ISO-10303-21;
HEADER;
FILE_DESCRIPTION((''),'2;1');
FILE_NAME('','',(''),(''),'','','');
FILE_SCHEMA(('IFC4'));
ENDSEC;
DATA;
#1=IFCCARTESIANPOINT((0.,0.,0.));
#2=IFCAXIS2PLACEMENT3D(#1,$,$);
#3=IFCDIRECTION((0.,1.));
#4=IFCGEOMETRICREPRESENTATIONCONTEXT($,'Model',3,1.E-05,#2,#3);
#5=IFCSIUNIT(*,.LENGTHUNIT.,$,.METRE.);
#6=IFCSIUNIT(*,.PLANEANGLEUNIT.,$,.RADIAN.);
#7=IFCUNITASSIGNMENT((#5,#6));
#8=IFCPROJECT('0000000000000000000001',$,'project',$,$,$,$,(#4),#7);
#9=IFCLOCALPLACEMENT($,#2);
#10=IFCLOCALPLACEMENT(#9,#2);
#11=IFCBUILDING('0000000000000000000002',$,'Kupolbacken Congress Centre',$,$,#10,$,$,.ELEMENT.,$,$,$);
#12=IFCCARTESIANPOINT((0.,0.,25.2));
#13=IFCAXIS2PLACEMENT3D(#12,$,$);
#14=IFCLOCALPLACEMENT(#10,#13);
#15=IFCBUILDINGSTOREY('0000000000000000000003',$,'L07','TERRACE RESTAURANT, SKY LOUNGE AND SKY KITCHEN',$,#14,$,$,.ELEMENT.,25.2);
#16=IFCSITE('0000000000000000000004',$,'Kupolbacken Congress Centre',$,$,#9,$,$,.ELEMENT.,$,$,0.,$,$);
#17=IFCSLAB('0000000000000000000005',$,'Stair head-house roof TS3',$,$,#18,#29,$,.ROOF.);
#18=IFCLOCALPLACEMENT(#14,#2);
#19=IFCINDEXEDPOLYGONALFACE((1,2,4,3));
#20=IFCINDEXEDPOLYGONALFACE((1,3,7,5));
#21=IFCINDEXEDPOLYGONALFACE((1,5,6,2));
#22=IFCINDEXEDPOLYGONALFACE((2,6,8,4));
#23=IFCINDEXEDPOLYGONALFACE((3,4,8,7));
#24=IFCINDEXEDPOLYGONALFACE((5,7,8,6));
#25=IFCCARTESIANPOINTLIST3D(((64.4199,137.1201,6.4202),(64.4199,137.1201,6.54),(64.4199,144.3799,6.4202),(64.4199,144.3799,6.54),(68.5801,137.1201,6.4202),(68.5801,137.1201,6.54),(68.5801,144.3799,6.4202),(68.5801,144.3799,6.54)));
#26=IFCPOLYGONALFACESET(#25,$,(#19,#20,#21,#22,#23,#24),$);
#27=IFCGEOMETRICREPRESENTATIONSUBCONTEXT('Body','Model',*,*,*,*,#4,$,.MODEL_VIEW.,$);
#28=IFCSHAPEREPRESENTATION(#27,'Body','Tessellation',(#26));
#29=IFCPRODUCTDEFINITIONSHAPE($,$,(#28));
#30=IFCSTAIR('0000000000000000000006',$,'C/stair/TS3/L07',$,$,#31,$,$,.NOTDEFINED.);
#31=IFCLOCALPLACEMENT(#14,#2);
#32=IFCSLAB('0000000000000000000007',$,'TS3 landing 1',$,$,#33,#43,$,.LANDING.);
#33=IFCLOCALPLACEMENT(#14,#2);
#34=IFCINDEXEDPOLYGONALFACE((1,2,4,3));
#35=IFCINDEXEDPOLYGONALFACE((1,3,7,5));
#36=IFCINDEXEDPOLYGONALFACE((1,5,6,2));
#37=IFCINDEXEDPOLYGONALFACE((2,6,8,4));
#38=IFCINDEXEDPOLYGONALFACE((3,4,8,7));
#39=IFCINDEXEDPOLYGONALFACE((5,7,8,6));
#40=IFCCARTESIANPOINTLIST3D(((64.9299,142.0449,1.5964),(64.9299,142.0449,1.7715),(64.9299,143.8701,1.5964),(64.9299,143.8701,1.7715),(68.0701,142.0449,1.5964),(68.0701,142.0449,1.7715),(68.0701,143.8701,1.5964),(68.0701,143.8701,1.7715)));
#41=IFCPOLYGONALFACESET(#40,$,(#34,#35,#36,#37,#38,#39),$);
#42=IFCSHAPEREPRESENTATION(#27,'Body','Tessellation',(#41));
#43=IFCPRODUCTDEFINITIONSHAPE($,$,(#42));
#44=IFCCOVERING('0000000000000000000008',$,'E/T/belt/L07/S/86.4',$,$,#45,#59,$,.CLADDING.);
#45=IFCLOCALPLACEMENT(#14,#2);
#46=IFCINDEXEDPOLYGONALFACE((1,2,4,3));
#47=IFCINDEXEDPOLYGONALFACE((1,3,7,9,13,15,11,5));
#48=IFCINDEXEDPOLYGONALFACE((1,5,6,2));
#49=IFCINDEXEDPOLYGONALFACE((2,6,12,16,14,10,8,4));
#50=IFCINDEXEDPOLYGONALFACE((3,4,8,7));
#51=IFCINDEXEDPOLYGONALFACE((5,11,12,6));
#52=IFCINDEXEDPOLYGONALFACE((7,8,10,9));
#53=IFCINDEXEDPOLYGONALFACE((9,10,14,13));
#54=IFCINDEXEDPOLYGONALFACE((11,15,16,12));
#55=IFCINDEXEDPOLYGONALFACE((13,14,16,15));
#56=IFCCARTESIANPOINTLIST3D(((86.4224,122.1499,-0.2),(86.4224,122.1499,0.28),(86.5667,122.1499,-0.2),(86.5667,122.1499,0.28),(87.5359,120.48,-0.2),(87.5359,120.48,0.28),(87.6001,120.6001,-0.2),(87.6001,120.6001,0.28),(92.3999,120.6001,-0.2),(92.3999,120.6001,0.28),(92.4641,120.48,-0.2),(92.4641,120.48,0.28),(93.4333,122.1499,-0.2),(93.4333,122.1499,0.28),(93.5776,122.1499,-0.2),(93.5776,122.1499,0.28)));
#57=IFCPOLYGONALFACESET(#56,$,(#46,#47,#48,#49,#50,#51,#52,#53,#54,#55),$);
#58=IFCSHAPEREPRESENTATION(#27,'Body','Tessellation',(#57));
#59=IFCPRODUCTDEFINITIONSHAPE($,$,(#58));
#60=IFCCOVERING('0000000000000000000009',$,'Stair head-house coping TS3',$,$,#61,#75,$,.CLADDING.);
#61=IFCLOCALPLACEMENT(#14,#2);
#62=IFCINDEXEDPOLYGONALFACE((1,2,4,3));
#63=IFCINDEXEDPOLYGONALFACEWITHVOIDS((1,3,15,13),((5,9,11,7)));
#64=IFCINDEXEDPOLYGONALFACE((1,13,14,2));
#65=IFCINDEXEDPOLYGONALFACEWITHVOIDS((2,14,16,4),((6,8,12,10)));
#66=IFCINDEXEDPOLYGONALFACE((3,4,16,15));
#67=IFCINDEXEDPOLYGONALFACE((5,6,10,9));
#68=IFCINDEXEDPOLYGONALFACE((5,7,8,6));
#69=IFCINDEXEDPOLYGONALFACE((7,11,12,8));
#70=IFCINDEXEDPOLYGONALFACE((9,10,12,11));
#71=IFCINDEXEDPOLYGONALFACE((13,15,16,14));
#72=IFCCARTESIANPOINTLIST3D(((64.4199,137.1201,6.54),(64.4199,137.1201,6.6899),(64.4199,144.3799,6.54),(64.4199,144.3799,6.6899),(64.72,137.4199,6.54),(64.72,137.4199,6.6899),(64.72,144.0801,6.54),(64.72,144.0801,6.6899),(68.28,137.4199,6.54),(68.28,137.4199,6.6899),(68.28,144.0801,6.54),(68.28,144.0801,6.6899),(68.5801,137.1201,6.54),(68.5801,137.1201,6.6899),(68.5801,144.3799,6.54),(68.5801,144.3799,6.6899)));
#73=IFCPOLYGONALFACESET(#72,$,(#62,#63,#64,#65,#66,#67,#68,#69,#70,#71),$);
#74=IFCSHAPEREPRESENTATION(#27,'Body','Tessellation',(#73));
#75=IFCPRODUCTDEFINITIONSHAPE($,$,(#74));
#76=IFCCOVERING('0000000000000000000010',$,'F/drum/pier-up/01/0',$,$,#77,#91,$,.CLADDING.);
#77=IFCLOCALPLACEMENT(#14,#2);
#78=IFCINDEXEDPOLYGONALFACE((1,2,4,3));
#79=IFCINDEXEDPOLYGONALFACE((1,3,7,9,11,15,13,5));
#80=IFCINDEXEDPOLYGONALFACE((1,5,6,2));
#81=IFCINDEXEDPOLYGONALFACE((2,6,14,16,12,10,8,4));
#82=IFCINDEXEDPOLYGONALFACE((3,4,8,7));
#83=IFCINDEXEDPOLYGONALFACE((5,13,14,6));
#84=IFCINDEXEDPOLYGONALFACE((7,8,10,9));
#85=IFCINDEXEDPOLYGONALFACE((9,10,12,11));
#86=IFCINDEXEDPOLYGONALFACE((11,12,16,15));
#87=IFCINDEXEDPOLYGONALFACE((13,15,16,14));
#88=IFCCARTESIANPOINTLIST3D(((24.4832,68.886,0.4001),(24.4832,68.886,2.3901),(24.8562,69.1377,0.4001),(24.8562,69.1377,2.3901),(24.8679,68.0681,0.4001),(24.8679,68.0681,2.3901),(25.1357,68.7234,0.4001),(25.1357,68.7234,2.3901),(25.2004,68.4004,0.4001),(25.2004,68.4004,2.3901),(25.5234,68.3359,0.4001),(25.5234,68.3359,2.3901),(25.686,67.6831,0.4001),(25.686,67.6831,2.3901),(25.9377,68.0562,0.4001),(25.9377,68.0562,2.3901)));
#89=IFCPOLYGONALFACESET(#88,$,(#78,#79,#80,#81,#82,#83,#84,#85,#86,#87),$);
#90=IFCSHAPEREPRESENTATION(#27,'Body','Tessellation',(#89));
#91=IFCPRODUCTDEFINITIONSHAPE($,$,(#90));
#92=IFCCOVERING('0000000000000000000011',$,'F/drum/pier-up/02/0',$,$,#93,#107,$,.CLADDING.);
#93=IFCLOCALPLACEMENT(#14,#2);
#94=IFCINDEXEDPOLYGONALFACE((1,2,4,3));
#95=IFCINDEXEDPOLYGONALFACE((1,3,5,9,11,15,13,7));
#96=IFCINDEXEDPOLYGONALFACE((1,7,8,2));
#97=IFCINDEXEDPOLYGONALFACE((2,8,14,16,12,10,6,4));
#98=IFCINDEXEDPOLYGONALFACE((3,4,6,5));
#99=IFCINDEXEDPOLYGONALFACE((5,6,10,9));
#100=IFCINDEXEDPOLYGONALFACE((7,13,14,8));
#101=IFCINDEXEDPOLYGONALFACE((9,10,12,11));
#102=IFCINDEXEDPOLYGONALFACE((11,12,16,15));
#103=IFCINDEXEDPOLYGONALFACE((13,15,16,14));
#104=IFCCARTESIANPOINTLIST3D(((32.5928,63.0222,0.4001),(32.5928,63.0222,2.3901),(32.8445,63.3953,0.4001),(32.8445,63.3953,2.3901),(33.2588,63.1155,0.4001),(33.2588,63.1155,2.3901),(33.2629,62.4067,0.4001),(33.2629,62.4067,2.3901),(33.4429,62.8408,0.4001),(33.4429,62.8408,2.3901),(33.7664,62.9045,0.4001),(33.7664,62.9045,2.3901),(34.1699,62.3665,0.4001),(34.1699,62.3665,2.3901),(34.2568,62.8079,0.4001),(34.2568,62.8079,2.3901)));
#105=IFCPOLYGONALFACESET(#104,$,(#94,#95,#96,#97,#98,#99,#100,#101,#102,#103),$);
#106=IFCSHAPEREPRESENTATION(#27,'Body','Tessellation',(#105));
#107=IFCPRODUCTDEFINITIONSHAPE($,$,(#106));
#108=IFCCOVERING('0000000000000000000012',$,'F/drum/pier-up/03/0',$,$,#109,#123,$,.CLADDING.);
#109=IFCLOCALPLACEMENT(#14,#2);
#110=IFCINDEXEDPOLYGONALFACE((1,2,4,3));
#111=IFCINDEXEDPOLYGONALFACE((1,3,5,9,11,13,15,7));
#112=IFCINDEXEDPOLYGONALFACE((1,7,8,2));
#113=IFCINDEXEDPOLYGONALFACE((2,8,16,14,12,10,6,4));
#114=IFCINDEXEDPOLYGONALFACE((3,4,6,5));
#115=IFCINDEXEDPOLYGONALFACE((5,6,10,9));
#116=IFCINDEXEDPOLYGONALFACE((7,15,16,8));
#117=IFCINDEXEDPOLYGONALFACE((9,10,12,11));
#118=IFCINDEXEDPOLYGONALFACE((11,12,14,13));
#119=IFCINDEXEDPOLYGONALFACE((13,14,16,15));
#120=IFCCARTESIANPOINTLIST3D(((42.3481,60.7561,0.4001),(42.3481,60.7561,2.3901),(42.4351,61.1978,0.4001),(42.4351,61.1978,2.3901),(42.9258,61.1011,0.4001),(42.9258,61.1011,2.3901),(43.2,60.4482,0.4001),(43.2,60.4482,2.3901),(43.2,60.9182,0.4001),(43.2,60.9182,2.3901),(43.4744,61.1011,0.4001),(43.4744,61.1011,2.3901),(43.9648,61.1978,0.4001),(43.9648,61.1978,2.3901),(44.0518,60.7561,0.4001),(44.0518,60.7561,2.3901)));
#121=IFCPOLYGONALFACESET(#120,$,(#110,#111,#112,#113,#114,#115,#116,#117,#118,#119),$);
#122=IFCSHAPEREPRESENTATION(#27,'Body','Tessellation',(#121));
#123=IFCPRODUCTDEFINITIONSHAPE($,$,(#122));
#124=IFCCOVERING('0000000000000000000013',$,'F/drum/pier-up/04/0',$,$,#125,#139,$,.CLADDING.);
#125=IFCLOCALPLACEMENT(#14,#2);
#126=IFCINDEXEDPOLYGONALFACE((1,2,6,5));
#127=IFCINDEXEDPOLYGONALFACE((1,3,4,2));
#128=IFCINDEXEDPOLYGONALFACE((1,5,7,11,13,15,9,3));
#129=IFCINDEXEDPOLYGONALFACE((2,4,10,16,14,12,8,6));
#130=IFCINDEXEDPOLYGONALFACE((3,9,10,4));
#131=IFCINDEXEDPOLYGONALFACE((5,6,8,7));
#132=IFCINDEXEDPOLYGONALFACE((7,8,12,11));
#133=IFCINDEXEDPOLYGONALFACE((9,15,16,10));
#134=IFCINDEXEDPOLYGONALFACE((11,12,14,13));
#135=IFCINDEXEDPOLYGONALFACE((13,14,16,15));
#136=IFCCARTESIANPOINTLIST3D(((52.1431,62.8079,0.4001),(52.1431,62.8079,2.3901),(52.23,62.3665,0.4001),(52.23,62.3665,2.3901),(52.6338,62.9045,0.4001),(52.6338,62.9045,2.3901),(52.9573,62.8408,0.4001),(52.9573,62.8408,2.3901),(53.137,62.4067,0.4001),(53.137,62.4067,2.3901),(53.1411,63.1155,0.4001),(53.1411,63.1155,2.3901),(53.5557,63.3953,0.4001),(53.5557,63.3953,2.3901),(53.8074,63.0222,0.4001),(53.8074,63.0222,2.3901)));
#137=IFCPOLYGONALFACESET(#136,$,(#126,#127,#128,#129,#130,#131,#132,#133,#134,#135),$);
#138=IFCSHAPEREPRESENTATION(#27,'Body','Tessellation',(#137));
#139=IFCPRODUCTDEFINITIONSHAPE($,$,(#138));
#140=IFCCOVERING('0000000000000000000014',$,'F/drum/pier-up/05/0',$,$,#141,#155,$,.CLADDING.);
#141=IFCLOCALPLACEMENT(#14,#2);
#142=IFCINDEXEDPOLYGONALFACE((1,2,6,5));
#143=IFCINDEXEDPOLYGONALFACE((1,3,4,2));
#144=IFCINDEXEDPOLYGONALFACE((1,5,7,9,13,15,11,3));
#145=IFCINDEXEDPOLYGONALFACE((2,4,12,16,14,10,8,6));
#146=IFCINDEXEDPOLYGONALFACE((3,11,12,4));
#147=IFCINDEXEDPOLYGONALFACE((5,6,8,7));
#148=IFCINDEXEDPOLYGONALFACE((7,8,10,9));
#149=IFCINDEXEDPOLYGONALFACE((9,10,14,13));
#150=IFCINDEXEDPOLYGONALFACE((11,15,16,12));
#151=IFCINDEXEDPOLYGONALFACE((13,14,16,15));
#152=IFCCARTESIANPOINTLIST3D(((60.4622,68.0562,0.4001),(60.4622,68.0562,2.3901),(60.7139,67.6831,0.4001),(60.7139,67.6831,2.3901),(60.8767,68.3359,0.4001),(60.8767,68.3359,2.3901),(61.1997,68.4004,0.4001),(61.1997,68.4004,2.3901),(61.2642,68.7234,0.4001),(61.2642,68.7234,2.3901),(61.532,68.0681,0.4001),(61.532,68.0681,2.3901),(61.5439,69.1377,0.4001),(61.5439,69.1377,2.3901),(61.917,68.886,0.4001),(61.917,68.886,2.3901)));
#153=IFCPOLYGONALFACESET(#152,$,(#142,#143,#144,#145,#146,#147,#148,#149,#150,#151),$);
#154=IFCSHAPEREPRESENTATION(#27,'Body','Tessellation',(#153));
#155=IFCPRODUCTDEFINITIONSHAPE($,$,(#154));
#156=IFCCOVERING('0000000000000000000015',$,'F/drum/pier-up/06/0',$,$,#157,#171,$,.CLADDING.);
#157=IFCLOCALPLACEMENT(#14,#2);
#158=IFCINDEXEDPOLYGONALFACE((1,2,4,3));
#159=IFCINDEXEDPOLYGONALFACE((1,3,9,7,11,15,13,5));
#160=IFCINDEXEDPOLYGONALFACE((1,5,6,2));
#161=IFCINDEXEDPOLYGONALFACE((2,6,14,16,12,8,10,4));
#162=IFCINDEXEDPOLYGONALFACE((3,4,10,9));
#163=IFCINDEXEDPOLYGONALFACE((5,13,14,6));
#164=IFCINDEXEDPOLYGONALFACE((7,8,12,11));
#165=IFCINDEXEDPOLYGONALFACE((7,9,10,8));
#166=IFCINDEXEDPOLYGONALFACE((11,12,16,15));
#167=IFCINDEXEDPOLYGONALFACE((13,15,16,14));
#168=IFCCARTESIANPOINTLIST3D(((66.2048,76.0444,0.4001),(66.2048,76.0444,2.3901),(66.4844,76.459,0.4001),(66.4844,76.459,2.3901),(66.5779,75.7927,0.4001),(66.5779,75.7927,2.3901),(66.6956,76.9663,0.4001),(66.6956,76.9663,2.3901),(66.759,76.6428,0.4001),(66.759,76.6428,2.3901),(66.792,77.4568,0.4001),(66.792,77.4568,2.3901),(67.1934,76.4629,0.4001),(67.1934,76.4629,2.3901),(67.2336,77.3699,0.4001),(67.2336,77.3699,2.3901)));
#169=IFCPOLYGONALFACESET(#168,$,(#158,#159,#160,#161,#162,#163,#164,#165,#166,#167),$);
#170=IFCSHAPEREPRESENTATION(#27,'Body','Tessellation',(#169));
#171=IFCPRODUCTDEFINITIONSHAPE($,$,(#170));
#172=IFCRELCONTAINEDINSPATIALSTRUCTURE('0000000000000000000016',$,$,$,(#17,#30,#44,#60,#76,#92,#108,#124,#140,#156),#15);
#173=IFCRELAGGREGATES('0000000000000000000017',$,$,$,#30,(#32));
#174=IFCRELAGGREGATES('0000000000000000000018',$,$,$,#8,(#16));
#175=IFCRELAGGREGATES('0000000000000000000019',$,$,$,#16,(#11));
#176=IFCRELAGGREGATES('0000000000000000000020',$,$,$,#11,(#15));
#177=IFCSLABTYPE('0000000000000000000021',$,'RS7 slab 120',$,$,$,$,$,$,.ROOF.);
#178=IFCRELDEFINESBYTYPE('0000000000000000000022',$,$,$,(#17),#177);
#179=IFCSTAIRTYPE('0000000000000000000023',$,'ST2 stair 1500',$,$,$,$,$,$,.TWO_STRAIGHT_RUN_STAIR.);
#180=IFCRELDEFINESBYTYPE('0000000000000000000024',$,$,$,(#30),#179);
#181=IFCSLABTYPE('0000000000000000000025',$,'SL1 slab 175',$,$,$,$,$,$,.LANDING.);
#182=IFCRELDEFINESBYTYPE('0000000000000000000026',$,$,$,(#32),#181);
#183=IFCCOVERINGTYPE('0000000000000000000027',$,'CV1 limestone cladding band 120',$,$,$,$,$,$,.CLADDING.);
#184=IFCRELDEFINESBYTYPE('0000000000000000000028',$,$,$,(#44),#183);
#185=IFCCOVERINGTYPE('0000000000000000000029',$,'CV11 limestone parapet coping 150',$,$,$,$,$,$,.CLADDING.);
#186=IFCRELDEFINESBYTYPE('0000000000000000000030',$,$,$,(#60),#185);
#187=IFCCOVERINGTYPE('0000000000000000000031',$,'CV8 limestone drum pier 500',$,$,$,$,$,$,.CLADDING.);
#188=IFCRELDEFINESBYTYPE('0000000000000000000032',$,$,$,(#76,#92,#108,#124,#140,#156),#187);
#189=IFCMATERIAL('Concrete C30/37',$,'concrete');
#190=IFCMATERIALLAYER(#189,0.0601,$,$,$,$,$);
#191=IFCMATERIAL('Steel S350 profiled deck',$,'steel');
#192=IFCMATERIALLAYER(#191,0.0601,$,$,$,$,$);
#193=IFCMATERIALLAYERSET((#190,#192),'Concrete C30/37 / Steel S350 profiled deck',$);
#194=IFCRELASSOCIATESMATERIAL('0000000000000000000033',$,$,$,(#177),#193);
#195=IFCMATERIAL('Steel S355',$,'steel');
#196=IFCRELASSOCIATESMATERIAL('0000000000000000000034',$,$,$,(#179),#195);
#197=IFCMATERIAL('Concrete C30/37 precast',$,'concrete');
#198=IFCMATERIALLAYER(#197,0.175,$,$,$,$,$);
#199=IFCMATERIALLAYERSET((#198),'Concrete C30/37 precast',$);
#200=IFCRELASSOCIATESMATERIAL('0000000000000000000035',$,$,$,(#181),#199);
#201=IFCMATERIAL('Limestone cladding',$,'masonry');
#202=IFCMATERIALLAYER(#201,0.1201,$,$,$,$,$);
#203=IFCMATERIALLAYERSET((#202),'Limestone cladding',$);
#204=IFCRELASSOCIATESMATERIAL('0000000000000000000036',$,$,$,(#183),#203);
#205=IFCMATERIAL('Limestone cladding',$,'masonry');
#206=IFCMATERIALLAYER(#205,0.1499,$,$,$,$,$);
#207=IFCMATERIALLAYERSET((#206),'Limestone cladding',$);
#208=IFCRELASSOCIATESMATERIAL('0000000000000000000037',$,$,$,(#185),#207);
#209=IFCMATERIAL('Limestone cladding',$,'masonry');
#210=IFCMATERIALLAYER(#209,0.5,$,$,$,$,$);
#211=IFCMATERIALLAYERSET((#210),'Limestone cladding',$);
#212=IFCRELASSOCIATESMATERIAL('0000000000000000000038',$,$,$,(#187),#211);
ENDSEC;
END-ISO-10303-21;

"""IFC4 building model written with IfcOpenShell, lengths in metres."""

from ifc_helpers import new_model, si_unit, direction, frame, origin, place, context, subcontext, project, spatial, polyline, outline, extrude, material, layer, layer_set, type_object, element, aggregate, save


model = new_model("IFC4")

# Units and contexts
model_context = context("Model", 3, precision=1e-05, world=origin(), true_north=direction((0.0, 1.0)))
body_context = subcontext(model_context, "Body", "Model", "MODEL_VIEW")
ifc_project = project(units=[si_unit("LENGTHUNIT", "METRE"), si_unit("PLANEANGLEUNIT", "RADIAN")], contexts=[model_context])

# Site, building, storey
site_placement = place(None, origin())
site = spatial("IfcSite", under=ifc_project, at=site_placement, Name="Kupolbacken Congress Centre", CompositionType="ELEMENT", RefElevation=0.0)
building_placement = place(site_placement, origin())
building = spatial("IfcBuilding", under=site, at=building_placement, Name="Kupolbacken Congress Centre", CompositionType="ELEMENT")
storey_placement = place(building_placement, frame((0.0, 0.0, 25.2)))
storey = spatial("IfcBuildingStorey", under=building, at=storey_placement, Name="L07", Description="TERRACE RESTAURANT, SKY LOUNGE AND SKY KITCHEN", CompositionType="ELEMENT", Elevation=25.2)

# Slab
ifc_material_1 = material(Name="Concrete C30/37", Category="concrete")
ifc_material_2 = material(Name="Steel S350 profiled deck", Category="steel")
ifc_layer_1 = layer(ifc_material_1, 0.0601)
ifc_layer_2 = layer(ifc_material_2, 0.0601)
ifc_layer_set_1 = layer_set([ifc_layer_1, ifc_layer_2], Name="Concrete C30/37 / Steel S350 profiled deck")
slab_type_1 = type_object("IfcSlabType", Name="RS7 slab 120", PredefinedType="ROOF", material=ifc_layer_set_1)
slab_1_placement = place(storey_placement, frame((0.0, 0.0, 6.4202)))
element("IfcSlab", 1, at=slab_1_placement, inside=storey, type_object=slab_type_1, Name="Stair head-house roof TS3", PredefinedType="ROOF", context=body_context, shape_type="SweptSolid", body=[
    extrude(outline(polyline([(64.4199, 137.1201), (68.5801, 137.1201), (68.5801, 144.3799), (64.4199, 144.3799), (64.4199, 137.1201)])), origin(), (0.0, 0.0, 1.0), 0.1199),
])

# Stair, slab
ifc_material_3 = material(Name="Steel S355", Category="steel")
stair_type = type_object("IfcStairType", Name="ST2 stair 1500", PredefinedType="TWO_STRAIGHT_RUN_STAIR", material=ifc_material_3)
stair_placement = place(storey_placement, origin())
stair = element("IfcStair", 2, at=stair_placement, inside=storey, type_object=stair_type, Name="C/stair/TS3/L07", PredefinedType="NOTDEFINED")
ifc_material_4 = material(Name="Concrete C30/37 precast", Category="concrete")
ifc_layer_3 = layer(ifc_material_4, 0.175)
ifc_layer_set_2 = layer_set([ifc_layer_3], Name="Concrete C30/37 precast")
slab_type_2 = type_object("IfcSlabType", Name="SL1 slab 175", PredefinedType="LANDING", material=ifc_layer_set_2)
slab_2_placement = place(storey_placement, frame((0.0, 0.0, 1.5964)))
slab_2 = element("IfcSlab", 3, at=slab_2_placement, type_object=slab_type_2, Name="TS3 landing 1", PredefinedType="LANDING", context=body_context, shape_type="SweptSolid", body=[
    extrude(outline(polyline([(64.9299, 142.0449), (68.0701, 142.0449), (68.0701, 143.8701), (64.9299, 143.8701), (64.9299, 142.0449)])), origin(), (0.0, 0.0, 1.0), 0.175),
])
aggregate(stair, [slab_2])

# Coverings
ifc_material_5 = material(Name="Limestone cladding", Category="masonry")
ifc_layer_4 = layer(ifc_material_5, 0.1201)
ifc_layer_set_3 = layer_set([ifc_layer_4], Name="Limestone cladding")
covering_type_1 = type_object("IfcCoveringType", Name="CV1 limestone cladding band 120", PredefinedType="CLADDING", material=ifc_layer_set_3)
covering_1_placement = place(storey_placement, frame((0.0, 0.0, -0.2)))
element("IfcCovering", 4, at=covering_1_placement, inside=storey, type_object=covering_type_1, Name="E/T/belt/L07/S/86.4", PredefinedType="CLADDING", context=body_context, shape_type="SweptSolid", body=[
    extrude(outline(polyline([(93.5776, 122.1499), (93.4333, 122.1499), (92.3999, 120.6001), (87.6001, 120.6001), (86.5667, 122.1499), (86.4224, 122.1499), (87.5359, 120.48), (92.4641, 120.48), (93.5776, 122.1499)])), origin(), (0.0, 0.0, 1.0), 0.48),
])
ifc_material_6 = material(Name="Limestone cladding", Category="masonry")
ifc_layer_5 = layer(ifc_material_6, 0.1499)
ifc_layer_set_4 = layer_set([ifc_layer_5], Name="Limestone cladding")
covering_type_2 = type_object("IfcCoveringType", Name="CV11 limestone parapet coping 150", PredefinedType="CLADDING", material=ifc_layer_set_4)
covering_2_placement = place(storey_placement, frame((0.0, 0.0, 6.54)))
element("IfcCovering", 5, at=covering_2_placement, inside=storey, type_object=covering_type_2, Name="Stair head-house coping TS3", PredefinedType="CLADDING", context=body_context, shape_type="SweptSolid", body=[
    extrude(outline(polyline([(64.4199, 137.1201), (68.5801, 137.1201), (68.5801, 144.3799), (64.4199, 144.3799), (64.4199, 137.1201)]), holes=[polyline([(64.72, 137.4199), (64.72, 144.0801), (68.28, 144.0801), (68.28, 137.4199), (64.72, 137.4199)])]), origin(), (0.0, 0.0, 1.0), 0.1499),
])
ifc_material_7 = material(Name="Limestone cladding", Category="masonry")
ifc_layer_6 = layer(ifc_material_7, 0.5)
ifc_layer_set_5 = layer_set([ifc_layer_6], Name="Limestone cladding")
covering_type_3 = type_object("IfcCoveringType", Name="CV8 limestone drum pier 500", PredefinedType="CLADDING", material=ifc_layer_set_5)
covering_3_placement = place(storey_placement, frame((0.0, 0.0, 0.4001)))
element("IfcCovering", 6, at=covering_3_placement, inside=storey, type_object=covering_type_3, Name="F/drum/pier-up/01/0", PredefinedType="CLADDING", context=body_context, shape_type="SweptSolid", body=[
    extrude(outline(polyline([(24.4832, 68.886), (24.8679, 68.0681), (25.686, 67.6831), (25.9377, 68.0562), (25.5234, 68.3359), (25.2004, 68.4004), (25.1357, 68.7234), (24.8562, 69.1377), (24.4832, 68.886)])), origin(), (0.0, 0.0, 1.0), 1.99),
])
covering_4_placement = place(storey_placement, frame((0.0, 0.0, 0.4001)))
element("IfcCovering", 7, at=covering_4_placement, inside=storey, type_object=covering_type_3, Name="F/drum/pier-up/02/0", PredefinedType="CLADDING", context=body_context, shape_type="SweptSolid", body=[
    extrude(outline(polyline([(32.5928, 63.0222), (33.2629, 62.4067), (34.1699, 62.3665), (34.2568, 62.8079), (33.7664, 62.9045), (33.4429, 62.8408), (33.2588, 63.1155), (32.8445, 63.3953), (32.5928, 63.0222)])), origin(), (0.0, 0.0, 1.0), 1.99),
])
covering_5_placement = place(storey_placement, frame((0.0, 0.0, 0.4001)))
element("IfcCovering", 8, at=covering_5_placement, inside=storey, type_object=covering_type_3, Name="F/drum/pier-up/03/0", PredefinedType="CLADDING", context=body_context, shape_type="SweptSolid", body=[
    extrude(outline(polyline([(42.3481, 60.7561), (43.2, 60.4482), (44.0518, 60.7561), (43.9648, 61.1978), (43.4744, 61.1011), (43.2, 60.9182), (42.9258, 61.1011), (42.4351, 61.1978), (42.3481, 60.7561)])), origin(), (0.0, 0.0, 1.0), 1.99),
])
covering_6_placement = place(storey_placement, frame((0.0, 0.0, 0.4001)))
element("IfcCovering", 9, at=covering_6_placement, inside=storey, type_object=covering_type_3, Name="F/drum/pier-up/04/0", PredefinedType="CLADDING", context=body_context, shape_type="SweptSolid", body=[
    extrude(outline(polyline([(52.23, 62.3665), (53.137, 62.4067), (53.8074, 63.0222), (53.5557, 63.3953), (53.1411, 63.1155), (52.9573, 62.8408), (52.6338, 62.9045), (52.1431, 62.8079), (52.23, 62.3665)])), origin(), (0.0, 0.0, 1.0), 1.99),
])
covering_7_placement = place(storey_placement, frame((0.0, 0.0, 0.4001)))
element("IfcCovering", 10, at=covering_7_placement, inside=storey, type_object=covering_type_3, Name="F/drum/pier-up/05/0", PredefinedType="CLADDING", context=body_context, shape_type="SweptSolid", body=[
    extrude(outline(polyline([(60.7139, 67.6831), (61.532, 68.0681), (61.917, 68.886), (61.5439, 69.1377), (61.2642, 68.7234), (61.1997, 68.4004), (60.8767, 68.3359), (60.4622, 68.0562), (60.7139, 67.6831)])), origin(), (0.0, 0.0, 1.0), 1.99),
])
covering_8_placement = place(storey_placement, frame((0.0, 0.0, 0.4001)))
element("IfcCovering", 11, at=covering_8_placement, inside=storey, type_object=covering_type_3, Name="F/drum/pier-up/06/0", PredefinedType="CLADDING", context=body_context, shape_type="SweptSolid", body=[
    extrude(outline(polyline([(66.5779, 75.7927), (67.1934, 76.4629), (67.2336, 77.3699), (66.792, 77.4568), (66.6956, 76.9663), (66.759, 76.6428), (66.4844, 76.459), (66.2048, 76.0444), (66.5779, 75.7927)])), origin(), (0.0, 0.0, 1.0), 1.99),
])

save(model, "model.ifc")
